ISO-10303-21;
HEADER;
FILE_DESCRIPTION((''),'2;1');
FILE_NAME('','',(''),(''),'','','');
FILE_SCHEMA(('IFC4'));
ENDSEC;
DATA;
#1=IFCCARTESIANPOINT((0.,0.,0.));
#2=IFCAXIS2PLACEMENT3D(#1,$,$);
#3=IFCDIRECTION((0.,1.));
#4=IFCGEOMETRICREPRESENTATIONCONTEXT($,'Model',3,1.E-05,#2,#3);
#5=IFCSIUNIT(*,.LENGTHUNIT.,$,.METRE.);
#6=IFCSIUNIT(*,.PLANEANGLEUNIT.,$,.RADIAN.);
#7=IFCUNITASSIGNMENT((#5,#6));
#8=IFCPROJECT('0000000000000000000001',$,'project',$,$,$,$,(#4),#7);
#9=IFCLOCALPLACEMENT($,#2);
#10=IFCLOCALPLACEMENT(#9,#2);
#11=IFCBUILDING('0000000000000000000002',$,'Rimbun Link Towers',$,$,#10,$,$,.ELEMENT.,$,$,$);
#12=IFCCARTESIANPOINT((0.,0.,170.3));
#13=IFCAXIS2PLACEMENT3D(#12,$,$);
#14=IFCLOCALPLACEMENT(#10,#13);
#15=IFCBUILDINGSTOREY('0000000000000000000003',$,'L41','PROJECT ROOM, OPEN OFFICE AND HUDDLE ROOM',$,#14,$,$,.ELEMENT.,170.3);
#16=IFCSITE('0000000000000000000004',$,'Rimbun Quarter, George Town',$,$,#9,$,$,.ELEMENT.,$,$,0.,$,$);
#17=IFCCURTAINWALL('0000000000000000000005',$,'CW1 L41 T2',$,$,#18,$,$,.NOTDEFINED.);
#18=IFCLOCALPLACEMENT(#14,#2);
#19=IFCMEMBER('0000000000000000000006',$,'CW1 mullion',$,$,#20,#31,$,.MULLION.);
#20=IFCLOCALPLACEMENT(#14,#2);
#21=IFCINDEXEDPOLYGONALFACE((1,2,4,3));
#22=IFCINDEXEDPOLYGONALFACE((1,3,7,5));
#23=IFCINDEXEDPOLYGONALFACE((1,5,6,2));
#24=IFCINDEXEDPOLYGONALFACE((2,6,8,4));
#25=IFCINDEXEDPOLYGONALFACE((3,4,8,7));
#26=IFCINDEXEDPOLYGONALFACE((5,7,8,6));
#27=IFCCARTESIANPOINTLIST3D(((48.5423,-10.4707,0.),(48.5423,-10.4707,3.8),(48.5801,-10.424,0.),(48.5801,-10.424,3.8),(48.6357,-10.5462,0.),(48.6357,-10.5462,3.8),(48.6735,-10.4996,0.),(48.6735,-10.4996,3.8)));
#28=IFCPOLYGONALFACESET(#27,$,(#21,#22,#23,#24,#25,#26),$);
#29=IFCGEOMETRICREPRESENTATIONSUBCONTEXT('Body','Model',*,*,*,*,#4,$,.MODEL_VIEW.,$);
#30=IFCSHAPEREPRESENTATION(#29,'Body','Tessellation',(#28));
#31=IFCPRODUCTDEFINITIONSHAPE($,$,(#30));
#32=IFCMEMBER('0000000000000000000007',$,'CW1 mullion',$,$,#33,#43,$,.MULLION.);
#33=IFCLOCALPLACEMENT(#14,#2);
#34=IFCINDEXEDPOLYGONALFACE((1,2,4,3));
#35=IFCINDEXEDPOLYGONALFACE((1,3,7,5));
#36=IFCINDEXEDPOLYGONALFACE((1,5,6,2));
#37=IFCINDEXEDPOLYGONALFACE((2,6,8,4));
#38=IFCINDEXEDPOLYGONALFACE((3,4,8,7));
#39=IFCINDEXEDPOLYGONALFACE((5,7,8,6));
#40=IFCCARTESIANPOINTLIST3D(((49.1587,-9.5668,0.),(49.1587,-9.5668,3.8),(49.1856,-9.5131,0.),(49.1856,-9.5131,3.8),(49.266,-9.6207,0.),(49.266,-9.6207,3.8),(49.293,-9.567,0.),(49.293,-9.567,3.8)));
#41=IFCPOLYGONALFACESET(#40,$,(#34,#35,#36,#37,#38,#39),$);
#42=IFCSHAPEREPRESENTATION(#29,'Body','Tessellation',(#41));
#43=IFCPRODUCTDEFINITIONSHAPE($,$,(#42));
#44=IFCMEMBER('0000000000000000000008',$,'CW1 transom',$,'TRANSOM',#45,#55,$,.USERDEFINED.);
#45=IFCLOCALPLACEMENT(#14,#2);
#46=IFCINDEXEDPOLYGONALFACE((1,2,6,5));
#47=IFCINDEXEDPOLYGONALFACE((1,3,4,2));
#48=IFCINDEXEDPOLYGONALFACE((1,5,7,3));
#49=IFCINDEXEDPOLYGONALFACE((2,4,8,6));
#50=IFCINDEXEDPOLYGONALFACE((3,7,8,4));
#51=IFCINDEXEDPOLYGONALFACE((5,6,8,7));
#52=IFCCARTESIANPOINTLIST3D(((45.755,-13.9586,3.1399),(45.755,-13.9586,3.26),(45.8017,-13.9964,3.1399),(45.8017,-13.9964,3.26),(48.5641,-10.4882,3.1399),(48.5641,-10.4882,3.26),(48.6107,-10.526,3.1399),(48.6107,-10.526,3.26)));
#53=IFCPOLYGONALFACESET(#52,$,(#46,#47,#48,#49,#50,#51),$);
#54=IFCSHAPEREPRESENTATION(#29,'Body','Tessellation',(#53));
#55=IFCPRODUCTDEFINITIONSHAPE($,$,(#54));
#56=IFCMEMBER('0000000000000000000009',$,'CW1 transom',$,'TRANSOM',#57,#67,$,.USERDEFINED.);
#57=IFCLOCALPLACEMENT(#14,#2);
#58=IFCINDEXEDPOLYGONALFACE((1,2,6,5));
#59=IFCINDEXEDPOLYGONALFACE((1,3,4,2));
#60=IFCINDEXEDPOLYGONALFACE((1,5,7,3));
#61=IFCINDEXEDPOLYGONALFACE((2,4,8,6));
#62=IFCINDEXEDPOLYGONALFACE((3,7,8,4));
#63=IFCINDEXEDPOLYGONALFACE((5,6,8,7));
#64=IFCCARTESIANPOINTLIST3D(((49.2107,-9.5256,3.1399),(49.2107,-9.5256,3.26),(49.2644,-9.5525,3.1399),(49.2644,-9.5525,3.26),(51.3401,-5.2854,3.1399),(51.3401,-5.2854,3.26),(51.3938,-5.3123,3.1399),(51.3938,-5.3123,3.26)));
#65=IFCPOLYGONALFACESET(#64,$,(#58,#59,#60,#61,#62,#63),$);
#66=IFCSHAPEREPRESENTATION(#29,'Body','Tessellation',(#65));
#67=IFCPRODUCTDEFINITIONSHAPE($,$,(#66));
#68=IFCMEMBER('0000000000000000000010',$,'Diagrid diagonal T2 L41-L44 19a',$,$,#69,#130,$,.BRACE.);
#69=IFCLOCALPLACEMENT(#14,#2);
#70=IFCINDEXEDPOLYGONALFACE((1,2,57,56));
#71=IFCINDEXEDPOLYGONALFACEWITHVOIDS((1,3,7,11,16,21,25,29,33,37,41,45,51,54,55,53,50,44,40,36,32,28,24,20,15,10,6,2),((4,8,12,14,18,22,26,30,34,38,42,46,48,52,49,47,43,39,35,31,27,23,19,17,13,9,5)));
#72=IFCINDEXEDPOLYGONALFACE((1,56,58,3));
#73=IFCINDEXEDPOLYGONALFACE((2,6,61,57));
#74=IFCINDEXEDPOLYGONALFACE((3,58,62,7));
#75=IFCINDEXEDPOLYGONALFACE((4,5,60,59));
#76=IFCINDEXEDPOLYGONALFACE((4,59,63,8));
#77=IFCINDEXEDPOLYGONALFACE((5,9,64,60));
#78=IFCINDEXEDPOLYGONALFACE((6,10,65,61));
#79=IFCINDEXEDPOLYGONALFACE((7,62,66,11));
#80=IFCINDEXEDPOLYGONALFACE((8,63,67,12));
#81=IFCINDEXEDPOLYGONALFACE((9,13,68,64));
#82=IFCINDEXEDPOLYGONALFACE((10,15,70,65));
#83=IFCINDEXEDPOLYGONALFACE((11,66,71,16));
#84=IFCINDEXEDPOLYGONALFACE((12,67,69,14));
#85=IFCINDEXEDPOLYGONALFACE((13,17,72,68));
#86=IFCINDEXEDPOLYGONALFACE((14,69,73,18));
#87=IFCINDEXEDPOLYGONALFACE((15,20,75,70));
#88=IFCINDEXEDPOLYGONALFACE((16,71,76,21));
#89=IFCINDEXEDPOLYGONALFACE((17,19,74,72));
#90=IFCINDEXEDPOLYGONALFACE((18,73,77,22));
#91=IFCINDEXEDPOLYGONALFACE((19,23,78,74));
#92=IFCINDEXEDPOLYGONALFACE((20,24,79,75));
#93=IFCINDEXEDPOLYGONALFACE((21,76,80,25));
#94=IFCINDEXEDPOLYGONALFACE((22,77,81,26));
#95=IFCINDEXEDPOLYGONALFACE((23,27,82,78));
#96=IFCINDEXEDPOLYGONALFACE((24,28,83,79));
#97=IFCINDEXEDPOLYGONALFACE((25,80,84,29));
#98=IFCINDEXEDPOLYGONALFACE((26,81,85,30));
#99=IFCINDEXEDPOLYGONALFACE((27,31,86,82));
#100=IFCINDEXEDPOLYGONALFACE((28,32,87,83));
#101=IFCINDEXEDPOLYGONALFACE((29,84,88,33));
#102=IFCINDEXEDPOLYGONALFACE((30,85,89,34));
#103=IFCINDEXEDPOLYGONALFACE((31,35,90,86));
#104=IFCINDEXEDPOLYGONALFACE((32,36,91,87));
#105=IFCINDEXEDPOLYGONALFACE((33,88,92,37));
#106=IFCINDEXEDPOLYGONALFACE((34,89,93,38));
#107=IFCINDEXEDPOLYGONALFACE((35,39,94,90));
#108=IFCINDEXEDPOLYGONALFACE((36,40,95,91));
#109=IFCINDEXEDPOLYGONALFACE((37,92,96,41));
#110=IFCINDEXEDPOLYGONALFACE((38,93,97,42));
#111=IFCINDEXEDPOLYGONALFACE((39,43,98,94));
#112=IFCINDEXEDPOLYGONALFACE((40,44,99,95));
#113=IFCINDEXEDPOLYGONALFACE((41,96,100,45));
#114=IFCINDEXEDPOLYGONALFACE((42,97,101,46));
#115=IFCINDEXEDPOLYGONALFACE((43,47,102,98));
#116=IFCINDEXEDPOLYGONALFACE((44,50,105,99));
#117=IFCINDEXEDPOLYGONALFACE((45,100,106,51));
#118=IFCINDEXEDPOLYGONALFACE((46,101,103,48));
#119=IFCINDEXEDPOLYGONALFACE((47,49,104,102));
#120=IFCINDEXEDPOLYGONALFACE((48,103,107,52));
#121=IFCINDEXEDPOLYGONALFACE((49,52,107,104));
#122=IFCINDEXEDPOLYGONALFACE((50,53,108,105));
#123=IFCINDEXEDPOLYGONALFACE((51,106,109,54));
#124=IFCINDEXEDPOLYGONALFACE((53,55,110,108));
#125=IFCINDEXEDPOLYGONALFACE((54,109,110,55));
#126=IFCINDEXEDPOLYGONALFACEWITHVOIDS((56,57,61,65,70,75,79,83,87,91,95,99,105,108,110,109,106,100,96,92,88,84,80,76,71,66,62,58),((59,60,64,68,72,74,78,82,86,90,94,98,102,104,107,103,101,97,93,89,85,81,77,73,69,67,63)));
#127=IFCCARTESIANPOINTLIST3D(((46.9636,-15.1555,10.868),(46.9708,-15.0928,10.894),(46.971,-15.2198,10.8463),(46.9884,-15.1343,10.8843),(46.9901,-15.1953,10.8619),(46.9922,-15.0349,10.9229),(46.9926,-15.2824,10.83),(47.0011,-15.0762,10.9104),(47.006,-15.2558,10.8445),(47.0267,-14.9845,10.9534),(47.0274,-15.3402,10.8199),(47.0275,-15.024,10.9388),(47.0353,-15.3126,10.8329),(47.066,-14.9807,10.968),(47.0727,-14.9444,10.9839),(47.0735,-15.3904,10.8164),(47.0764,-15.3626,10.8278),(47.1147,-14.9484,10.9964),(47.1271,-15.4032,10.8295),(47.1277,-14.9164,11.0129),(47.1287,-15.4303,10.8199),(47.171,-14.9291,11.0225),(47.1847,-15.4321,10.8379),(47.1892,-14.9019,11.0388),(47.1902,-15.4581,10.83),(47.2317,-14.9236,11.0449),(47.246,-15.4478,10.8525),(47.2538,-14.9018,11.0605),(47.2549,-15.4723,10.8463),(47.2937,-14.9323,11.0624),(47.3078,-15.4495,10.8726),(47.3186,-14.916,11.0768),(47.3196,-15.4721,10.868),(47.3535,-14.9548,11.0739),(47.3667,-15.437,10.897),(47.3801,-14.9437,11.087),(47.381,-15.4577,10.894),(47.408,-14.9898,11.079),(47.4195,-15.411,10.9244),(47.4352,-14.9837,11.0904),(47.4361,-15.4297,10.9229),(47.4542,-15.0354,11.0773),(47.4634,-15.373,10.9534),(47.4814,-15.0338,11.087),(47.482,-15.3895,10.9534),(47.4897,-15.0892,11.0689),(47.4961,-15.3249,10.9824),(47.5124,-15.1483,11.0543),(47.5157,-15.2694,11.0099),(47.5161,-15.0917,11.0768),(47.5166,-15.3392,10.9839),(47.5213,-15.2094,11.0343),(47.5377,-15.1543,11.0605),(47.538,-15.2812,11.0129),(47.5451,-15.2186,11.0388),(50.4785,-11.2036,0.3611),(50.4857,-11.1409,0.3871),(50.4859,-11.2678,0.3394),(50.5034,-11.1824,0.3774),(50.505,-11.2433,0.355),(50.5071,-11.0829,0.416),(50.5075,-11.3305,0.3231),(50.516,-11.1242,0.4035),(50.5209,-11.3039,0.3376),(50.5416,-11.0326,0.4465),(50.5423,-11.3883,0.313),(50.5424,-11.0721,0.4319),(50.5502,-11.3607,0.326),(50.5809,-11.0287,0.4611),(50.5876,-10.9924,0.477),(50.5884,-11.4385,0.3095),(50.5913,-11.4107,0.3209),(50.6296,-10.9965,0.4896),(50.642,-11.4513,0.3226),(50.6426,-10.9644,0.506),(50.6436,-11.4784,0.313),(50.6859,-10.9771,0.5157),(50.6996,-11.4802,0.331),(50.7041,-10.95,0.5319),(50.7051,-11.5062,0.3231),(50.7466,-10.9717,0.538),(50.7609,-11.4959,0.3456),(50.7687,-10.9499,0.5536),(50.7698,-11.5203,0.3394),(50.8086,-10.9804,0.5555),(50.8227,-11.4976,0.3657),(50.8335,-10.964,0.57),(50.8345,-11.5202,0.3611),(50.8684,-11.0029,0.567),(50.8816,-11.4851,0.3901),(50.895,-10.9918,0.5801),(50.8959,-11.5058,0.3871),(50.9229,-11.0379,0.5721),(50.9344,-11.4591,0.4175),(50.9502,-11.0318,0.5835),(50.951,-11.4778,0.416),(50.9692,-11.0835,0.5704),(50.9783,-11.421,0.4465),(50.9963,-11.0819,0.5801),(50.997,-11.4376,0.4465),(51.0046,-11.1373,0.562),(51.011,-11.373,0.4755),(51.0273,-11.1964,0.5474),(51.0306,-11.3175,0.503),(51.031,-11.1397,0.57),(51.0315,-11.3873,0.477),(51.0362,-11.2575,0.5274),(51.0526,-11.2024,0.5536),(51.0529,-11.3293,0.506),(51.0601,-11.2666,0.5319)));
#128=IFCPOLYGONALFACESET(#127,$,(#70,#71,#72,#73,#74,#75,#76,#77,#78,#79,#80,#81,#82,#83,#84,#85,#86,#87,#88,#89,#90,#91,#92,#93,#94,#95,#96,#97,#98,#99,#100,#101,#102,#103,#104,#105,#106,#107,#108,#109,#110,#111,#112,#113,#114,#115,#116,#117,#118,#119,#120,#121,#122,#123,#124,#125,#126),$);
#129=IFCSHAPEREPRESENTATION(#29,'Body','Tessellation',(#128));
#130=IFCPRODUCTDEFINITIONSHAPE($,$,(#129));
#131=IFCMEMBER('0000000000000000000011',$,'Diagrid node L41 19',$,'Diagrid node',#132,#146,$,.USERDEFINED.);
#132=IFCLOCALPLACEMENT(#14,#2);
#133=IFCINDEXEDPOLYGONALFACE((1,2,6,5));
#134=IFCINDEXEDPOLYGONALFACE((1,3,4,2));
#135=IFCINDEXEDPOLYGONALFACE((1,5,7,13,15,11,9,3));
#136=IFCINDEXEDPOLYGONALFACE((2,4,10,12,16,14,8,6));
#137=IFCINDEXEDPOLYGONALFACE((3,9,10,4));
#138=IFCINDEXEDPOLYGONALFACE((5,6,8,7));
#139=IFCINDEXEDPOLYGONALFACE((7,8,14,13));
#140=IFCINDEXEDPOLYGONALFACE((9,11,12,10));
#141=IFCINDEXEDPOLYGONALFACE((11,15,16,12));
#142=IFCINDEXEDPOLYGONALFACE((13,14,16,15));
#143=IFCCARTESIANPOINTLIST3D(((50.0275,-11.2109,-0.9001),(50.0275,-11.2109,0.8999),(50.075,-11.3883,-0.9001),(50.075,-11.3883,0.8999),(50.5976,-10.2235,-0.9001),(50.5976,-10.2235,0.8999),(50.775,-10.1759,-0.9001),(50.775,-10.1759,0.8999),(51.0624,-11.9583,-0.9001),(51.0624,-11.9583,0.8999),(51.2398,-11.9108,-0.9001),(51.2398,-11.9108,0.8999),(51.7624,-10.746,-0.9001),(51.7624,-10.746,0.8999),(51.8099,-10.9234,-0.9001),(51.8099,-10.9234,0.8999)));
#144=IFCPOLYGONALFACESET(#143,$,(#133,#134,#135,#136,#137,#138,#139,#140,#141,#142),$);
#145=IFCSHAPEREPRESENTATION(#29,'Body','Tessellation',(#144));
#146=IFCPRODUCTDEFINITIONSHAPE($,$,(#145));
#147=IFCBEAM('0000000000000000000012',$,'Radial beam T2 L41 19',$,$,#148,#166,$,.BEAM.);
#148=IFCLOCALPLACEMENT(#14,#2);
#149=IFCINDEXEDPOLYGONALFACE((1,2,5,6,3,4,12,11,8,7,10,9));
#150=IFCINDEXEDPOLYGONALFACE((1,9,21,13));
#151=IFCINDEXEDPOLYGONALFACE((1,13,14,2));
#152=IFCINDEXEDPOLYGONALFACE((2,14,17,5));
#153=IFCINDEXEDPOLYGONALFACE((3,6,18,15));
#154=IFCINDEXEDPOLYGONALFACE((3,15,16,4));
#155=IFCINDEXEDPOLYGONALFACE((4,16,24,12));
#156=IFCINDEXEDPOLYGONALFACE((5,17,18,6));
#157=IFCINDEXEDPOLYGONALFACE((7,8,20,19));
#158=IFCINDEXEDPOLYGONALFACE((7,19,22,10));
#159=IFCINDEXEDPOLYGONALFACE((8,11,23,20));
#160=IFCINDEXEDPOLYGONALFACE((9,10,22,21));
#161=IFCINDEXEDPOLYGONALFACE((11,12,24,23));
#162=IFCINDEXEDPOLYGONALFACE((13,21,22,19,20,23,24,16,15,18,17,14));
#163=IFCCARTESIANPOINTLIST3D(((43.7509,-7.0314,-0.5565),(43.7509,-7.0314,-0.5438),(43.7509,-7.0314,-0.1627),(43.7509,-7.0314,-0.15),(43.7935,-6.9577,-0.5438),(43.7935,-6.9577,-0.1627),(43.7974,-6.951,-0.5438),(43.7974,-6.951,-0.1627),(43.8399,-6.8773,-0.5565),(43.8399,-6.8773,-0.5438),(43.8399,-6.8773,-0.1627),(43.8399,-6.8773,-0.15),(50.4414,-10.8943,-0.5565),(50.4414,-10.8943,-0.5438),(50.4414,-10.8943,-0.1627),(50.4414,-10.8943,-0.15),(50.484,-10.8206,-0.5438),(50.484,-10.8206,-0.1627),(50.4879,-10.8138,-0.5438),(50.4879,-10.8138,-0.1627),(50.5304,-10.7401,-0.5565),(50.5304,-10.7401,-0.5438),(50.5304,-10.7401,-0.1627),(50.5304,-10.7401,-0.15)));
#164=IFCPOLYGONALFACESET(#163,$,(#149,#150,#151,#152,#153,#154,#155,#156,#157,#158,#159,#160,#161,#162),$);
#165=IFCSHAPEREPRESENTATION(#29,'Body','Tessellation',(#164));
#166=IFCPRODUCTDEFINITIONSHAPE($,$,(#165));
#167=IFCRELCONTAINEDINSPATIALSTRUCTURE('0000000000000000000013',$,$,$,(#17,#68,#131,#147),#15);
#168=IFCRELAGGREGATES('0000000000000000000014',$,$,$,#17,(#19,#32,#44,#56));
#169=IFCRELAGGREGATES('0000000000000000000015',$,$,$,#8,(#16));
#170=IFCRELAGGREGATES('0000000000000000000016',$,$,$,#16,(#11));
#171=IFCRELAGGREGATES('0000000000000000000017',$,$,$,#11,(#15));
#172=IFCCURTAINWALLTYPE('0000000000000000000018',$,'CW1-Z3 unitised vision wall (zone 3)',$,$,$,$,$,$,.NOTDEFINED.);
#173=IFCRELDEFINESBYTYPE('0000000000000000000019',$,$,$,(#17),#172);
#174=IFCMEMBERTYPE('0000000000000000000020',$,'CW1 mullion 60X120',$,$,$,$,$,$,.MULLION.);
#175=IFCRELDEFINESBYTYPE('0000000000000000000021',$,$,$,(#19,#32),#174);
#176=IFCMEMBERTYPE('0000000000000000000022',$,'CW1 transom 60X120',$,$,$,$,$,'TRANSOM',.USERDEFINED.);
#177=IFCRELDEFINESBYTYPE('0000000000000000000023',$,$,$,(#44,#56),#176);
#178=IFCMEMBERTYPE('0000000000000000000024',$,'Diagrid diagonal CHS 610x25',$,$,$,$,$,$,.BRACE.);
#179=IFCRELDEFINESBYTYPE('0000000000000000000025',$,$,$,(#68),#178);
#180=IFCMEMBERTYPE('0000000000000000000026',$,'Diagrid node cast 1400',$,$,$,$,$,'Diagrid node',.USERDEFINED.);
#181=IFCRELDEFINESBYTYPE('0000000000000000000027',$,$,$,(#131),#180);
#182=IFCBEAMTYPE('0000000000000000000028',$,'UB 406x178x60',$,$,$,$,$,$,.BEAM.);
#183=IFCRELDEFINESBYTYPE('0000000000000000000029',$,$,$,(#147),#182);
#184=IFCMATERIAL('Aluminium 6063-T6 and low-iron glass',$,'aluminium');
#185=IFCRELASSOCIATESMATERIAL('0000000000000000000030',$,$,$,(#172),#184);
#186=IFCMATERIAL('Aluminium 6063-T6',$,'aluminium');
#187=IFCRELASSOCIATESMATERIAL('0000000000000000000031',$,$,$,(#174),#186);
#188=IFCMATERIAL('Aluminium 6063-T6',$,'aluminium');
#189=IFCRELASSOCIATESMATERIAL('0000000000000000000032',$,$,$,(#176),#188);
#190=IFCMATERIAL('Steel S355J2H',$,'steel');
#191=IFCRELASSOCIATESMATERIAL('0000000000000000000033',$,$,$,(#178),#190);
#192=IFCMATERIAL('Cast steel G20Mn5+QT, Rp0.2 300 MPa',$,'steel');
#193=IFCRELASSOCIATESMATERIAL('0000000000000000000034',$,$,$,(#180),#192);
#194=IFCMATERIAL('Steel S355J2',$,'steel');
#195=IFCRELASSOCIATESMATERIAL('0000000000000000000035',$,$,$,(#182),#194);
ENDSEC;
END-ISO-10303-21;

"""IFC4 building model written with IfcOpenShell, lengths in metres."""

from ifc_helpers import new_model, si_unit, direction, frame, origin, origin_2d, place, context, subcontext, project, spatial, polyline, rectangle, hollow_circle, i_section, outline, extrude, material, material_profile, profile_set, type_object, element, aggregate, save


model = new_model("IFC4")

# Units and contexts
model_context = context("Model", 3, precision=1e-05, world=origin(), true_north=direction((0.0, 1.0)))
body_context = subcontext(model_context, "Body", "Model", "MODEL_VIEW")
ifc_project = project(units=[si_unit("LENGTHUNIT", "METRE"), si_unit("PLANEANGLEUNIT", "RADIAN")], contexts=[model_context])

# Site, building, storey
site_placement = place(None, origin())
site = spatial("IfcSite", under=ifc_project, at=site_placement, Name="Rimbun Quarter, George Town", CompositionType="ELEMENT", RefElevation=0.0)
building_placement = place(site_placement, origin())
building = spatial("IfcBuilding", under=site, at=building_placement, Name="Rimbun Link Towers", CompositionType="ELEMENT")
storey_placement = place(building_placement, frame((0.0, 0.0, 170.3)))
storey = spatial("IfcBuildingStorey", under=building, at=storey_placement, Name="L41", Description="PROJECT ROOM, OPEN OFFICE AND HUDDLE ROOM", CompositionType="ELEMENT", Elevation=170.3)

# Curtain wall, members
ifc_material_1 = material(Name="Aluminium 6063-T6 and low-iron glass", Category="aluminium")
curtain_wall_type = type_object("IfcCurtainWallType", Name="CW1-Z3 unitised vision wall (zone 3)", PredefinedType="NOTDEFINED", material=ifc_material_1)
curtain_wall_placement = place(storey_placement, origin())
curtain_wall = element("IfcCurtainWall", 1, at=curtain_wall_placement, inside=storey, type_object=curtain_wall_type, Name="CW1 L41 T2", PredefinedType="NOTDEFINED")
ifc_material_2 = material(Name="Aluminium 6063-T6", Category="aluminium")
ifc_material_profile_1 = material_profile(ifc_material_2, rectangle(XDim=0.1201, YDim=0.0601, at=origin_2d()), Name="MULLION 60X120")
ifc_profile_set_1 = profile_set([ifc_material_profile_1], Name="Aluminium 6063-T6")
member_type_1 = type_object("IfcMemberType", Name="CW1 mullion 60X120", PredefinedType="MULLION", material=ifc_profile_set_1)
member_1_placement = place(storey_placement, frame((48.6079, -10.4851, 0.0), z_axis=(0.0, 0.0, 1.0), x_axis=(0.777278, -0.629158, 0.0)))
member_1 = element("IfcMember", 2, at=member_1_placement, type_object=member_type_1, Name="CW1 mullion", PredefinedType="MULLION", context=body_context, shape_type="SweptSolid", body=[
    extrude(rectangle(XDim=0.1201, YDim=0.0601, at=origin_2d()), origin(), (0.0, 0.0, 1.0), 3.8),
])
member_2_placement = place(storey_placement, frame((49.2258, -9.5669, 0.0), z_axis=(0.0, 0.0, 1.0), x_axis=(0.893646, -0.448773, 0.0)))
member_2 = element("IfcMember", 3, at=member_2_placement, type_object=member_type_1, Name="CW1 mullion", PredefinedType="MULLION", context=body_context, shape_type="SweptSolid", body=[
    extrude(rectangle(XDim=0.1201, YDim=0.0601, at=origin_2d()), origin(), (0.0, 0.0, 1.0), 3.8),
])
ifc_material_3 = material(Name="Aluminium 6063-T6", Category="aluminium")
ifc_material_profile_2 = material_profile(ifc_material_3, rectangle(XDim=0.0601, YDim=0.1201, at=origin_2d()), Name="TRANSOM 60X120")
ifc_profile_set_2 = profile_set([ifc_material_profile_2], Name="Aluminium 6063-T6")
member_type_2 = type_object("IfcMemberType", Name="CW1 transom 60X120", ElementType="TRANSOM", PredefinedType="USERDEFINED", material=ifc_profile_set_2)
member_3_placement = place(storey_placement, frame((48.5874, -10.5071, 3.2), z_axis=(-0.629153, -0.777282, 0.0), x_axis=(0.777282, -0.629153, 0.0)))
member_3 = element("IfcMember", 4, at=member_3_placement, type_object=member_type_2, Name="CW1 transom", ObjectType="TRANSOM", PredefinedType="USERDEFINED", context=body_context, shape_type="SweptSolid", body=[
    extrude(rectangle(XDim=0.0601, YDim=0.1201, at=origin_2d()), origin(), (0.0, 0.0, 1.0), 4.4648),
])
member_4_placement = place(storey_placement, frame((51.3669, -5.2988, 3.2), z_axis=(-0.448777, -0.893644, 0.0), x_axis=(0.893644, -0.448777, 0.0)))
member_4 = element("IfcMember", 5, at=member_4_placement, type_object=member_type_2, Name="CW1 transom", ObjectType="TRANSOM", PredefinedType="USERDEFINED", context=body_context, shape_type="SweptSolid", body=[
    extrude(rectangle(XDim=0.0601, YDim=0.1201, at=origin_2d()), origin(), (0.0, 0.0, 1.0), 4.7449),
])

# Members
ifc_material_4 = material(Name="Steel S355J2H", Category="steel")
ifc_material_profile_3 = material_profile(ifc_material_4, hollow_circle(Radius=0.3047, WallThickness=0.0249, at=origin_2d()), Name="Diagrid diagonal CHS 610x25")
ifc_profile_set_3 = profile_set([ifc_material_profile_3], Name="Steel S355J2H")
member_type_3 = type_object("IfcMemberType", Name="Diagrid diagonal CHS 610x25", PredefinedType="BRACE", material=ifc_profile_set_3)
member_5_placement = place(storey_placement, frame((50.7693, -11.2351, 0.4465), z_axis=(-0.298812, -0.335964, 0.893219), x_axis=(0.747213, -0.664584, 0.0)))
element("IfcMember", 6, at=member_5_placement, inside=storey, type_object=member_type_3, Name="Diagrid diagonal T2 L41-L44 19a", PredefinedType="BRACE", context=body_context, shape_type="SweptSolid", body=[
    extrude(hollow_circle(Radius=0.3047, WallThickness=0.0249, at=origin_2d()), origin(), (0.0, 0.0, 1.0), 11.7629),
])
ifc_material_5 = material(Name="Cast steel G20Mn5+QT, Rp0.2 300 MPa", Category="steel")
ifc_material_profile_4 = material_profile(ifc_material_5, outline(polyline([(0.7, -0.5701), (0.7, 0.5701), (0.5701, 0.7), (-0.5701, 0.7), (-0.7, 0.5701), (-0.7, -0.5701), (-0.5701, -0.7), (0.5701, -0.7), (0.7, -0.5701)])), Name="NODE 1400x1400")
ifc_profile_set_4 = profile_set([ifc_material_profile_4], Name="Cast steel G20Mn5+QT, Rp0.2 300 MPa")
member_type_4 = type_object("IfcMemberType", Name="Diagrid node cast 1400", ElementType="Diagrid node", PredefinedType="USERDEFINED", material=ifc_profile_set_4)
member_6_placement = place(storey_placement, frame((50.9187, -11.0671, -0.9001), z_axis=(0.0, 0.0, 1.0), x_axis=(0.866025, -0.5, 0.0)))
element("IfcMember", 7, at=member_6_placement, inside=storey, type_object=member_type_4, Name="Diagrid node L41 19", ObjectType="Diagrid node", PredefinedType="USERDEFINED", context=body_context, shape_type="SweptSolid", body=[
    extrude(outline(polyline([(0.7, -0.5701), (0.7, 0.5701), (0.5701, 0.7), (-0.5701, 0.7), (-0.7, 0.5701), (-0.7, -0.5701), (-0.5701, -0.7), (0.5701, -0.7), (0.7, -0.5701)])), origin(), (0.0, 0.0, 1.0), 1.8),
])

# Beam
ifc_material_6 = material(Name="Steel S355J2", Category="steel")
ifc_material_profile_5 = material_profile(ifc_material_6, i_section(OverallWidth=0.178, OverallDepth=0.4065, WebThickness=0.0078, FlangeThickness=0.0127, at=origin_2d()), Name="UB 406x178x60")
ifc_profile_set_5 = profile_set([ifc_material_profile_5], Name="Steel S355J2")
beam_type_1 = type_object("IfcBeamType", Name="UB 406x178x60", PredefinedType="BEAM", material=ifc_profile_set_5)
beam_1_placement = place(storey_placement, frame((43.7954, -6.9543, -0.3533), z_axis=(0.866021, -0.500007, 0.0), x_axis=(0.500007, 0.866021, 0.0)))
element("IfcBeam", 8, at=beam_1_placement, inside=storey, type_object=beam_type_1, Name="Radial beam T2 L41 19", PredefinedType="BEAM", context=body_context, shape_type="SweptSolid", body=[
    extrude(i_section(OverallWidth=0.178, OverallDepth=0.4065, WebThickness=0.0078, FlangeThickness=0.0127, at=origin_2d()), origin(), (0.0, 0.0, 1.0), 7.7256),
])

aggregate(curtain_wall, [member_1, member_2, member_3, member_4])

save(model, "model.ifc")
